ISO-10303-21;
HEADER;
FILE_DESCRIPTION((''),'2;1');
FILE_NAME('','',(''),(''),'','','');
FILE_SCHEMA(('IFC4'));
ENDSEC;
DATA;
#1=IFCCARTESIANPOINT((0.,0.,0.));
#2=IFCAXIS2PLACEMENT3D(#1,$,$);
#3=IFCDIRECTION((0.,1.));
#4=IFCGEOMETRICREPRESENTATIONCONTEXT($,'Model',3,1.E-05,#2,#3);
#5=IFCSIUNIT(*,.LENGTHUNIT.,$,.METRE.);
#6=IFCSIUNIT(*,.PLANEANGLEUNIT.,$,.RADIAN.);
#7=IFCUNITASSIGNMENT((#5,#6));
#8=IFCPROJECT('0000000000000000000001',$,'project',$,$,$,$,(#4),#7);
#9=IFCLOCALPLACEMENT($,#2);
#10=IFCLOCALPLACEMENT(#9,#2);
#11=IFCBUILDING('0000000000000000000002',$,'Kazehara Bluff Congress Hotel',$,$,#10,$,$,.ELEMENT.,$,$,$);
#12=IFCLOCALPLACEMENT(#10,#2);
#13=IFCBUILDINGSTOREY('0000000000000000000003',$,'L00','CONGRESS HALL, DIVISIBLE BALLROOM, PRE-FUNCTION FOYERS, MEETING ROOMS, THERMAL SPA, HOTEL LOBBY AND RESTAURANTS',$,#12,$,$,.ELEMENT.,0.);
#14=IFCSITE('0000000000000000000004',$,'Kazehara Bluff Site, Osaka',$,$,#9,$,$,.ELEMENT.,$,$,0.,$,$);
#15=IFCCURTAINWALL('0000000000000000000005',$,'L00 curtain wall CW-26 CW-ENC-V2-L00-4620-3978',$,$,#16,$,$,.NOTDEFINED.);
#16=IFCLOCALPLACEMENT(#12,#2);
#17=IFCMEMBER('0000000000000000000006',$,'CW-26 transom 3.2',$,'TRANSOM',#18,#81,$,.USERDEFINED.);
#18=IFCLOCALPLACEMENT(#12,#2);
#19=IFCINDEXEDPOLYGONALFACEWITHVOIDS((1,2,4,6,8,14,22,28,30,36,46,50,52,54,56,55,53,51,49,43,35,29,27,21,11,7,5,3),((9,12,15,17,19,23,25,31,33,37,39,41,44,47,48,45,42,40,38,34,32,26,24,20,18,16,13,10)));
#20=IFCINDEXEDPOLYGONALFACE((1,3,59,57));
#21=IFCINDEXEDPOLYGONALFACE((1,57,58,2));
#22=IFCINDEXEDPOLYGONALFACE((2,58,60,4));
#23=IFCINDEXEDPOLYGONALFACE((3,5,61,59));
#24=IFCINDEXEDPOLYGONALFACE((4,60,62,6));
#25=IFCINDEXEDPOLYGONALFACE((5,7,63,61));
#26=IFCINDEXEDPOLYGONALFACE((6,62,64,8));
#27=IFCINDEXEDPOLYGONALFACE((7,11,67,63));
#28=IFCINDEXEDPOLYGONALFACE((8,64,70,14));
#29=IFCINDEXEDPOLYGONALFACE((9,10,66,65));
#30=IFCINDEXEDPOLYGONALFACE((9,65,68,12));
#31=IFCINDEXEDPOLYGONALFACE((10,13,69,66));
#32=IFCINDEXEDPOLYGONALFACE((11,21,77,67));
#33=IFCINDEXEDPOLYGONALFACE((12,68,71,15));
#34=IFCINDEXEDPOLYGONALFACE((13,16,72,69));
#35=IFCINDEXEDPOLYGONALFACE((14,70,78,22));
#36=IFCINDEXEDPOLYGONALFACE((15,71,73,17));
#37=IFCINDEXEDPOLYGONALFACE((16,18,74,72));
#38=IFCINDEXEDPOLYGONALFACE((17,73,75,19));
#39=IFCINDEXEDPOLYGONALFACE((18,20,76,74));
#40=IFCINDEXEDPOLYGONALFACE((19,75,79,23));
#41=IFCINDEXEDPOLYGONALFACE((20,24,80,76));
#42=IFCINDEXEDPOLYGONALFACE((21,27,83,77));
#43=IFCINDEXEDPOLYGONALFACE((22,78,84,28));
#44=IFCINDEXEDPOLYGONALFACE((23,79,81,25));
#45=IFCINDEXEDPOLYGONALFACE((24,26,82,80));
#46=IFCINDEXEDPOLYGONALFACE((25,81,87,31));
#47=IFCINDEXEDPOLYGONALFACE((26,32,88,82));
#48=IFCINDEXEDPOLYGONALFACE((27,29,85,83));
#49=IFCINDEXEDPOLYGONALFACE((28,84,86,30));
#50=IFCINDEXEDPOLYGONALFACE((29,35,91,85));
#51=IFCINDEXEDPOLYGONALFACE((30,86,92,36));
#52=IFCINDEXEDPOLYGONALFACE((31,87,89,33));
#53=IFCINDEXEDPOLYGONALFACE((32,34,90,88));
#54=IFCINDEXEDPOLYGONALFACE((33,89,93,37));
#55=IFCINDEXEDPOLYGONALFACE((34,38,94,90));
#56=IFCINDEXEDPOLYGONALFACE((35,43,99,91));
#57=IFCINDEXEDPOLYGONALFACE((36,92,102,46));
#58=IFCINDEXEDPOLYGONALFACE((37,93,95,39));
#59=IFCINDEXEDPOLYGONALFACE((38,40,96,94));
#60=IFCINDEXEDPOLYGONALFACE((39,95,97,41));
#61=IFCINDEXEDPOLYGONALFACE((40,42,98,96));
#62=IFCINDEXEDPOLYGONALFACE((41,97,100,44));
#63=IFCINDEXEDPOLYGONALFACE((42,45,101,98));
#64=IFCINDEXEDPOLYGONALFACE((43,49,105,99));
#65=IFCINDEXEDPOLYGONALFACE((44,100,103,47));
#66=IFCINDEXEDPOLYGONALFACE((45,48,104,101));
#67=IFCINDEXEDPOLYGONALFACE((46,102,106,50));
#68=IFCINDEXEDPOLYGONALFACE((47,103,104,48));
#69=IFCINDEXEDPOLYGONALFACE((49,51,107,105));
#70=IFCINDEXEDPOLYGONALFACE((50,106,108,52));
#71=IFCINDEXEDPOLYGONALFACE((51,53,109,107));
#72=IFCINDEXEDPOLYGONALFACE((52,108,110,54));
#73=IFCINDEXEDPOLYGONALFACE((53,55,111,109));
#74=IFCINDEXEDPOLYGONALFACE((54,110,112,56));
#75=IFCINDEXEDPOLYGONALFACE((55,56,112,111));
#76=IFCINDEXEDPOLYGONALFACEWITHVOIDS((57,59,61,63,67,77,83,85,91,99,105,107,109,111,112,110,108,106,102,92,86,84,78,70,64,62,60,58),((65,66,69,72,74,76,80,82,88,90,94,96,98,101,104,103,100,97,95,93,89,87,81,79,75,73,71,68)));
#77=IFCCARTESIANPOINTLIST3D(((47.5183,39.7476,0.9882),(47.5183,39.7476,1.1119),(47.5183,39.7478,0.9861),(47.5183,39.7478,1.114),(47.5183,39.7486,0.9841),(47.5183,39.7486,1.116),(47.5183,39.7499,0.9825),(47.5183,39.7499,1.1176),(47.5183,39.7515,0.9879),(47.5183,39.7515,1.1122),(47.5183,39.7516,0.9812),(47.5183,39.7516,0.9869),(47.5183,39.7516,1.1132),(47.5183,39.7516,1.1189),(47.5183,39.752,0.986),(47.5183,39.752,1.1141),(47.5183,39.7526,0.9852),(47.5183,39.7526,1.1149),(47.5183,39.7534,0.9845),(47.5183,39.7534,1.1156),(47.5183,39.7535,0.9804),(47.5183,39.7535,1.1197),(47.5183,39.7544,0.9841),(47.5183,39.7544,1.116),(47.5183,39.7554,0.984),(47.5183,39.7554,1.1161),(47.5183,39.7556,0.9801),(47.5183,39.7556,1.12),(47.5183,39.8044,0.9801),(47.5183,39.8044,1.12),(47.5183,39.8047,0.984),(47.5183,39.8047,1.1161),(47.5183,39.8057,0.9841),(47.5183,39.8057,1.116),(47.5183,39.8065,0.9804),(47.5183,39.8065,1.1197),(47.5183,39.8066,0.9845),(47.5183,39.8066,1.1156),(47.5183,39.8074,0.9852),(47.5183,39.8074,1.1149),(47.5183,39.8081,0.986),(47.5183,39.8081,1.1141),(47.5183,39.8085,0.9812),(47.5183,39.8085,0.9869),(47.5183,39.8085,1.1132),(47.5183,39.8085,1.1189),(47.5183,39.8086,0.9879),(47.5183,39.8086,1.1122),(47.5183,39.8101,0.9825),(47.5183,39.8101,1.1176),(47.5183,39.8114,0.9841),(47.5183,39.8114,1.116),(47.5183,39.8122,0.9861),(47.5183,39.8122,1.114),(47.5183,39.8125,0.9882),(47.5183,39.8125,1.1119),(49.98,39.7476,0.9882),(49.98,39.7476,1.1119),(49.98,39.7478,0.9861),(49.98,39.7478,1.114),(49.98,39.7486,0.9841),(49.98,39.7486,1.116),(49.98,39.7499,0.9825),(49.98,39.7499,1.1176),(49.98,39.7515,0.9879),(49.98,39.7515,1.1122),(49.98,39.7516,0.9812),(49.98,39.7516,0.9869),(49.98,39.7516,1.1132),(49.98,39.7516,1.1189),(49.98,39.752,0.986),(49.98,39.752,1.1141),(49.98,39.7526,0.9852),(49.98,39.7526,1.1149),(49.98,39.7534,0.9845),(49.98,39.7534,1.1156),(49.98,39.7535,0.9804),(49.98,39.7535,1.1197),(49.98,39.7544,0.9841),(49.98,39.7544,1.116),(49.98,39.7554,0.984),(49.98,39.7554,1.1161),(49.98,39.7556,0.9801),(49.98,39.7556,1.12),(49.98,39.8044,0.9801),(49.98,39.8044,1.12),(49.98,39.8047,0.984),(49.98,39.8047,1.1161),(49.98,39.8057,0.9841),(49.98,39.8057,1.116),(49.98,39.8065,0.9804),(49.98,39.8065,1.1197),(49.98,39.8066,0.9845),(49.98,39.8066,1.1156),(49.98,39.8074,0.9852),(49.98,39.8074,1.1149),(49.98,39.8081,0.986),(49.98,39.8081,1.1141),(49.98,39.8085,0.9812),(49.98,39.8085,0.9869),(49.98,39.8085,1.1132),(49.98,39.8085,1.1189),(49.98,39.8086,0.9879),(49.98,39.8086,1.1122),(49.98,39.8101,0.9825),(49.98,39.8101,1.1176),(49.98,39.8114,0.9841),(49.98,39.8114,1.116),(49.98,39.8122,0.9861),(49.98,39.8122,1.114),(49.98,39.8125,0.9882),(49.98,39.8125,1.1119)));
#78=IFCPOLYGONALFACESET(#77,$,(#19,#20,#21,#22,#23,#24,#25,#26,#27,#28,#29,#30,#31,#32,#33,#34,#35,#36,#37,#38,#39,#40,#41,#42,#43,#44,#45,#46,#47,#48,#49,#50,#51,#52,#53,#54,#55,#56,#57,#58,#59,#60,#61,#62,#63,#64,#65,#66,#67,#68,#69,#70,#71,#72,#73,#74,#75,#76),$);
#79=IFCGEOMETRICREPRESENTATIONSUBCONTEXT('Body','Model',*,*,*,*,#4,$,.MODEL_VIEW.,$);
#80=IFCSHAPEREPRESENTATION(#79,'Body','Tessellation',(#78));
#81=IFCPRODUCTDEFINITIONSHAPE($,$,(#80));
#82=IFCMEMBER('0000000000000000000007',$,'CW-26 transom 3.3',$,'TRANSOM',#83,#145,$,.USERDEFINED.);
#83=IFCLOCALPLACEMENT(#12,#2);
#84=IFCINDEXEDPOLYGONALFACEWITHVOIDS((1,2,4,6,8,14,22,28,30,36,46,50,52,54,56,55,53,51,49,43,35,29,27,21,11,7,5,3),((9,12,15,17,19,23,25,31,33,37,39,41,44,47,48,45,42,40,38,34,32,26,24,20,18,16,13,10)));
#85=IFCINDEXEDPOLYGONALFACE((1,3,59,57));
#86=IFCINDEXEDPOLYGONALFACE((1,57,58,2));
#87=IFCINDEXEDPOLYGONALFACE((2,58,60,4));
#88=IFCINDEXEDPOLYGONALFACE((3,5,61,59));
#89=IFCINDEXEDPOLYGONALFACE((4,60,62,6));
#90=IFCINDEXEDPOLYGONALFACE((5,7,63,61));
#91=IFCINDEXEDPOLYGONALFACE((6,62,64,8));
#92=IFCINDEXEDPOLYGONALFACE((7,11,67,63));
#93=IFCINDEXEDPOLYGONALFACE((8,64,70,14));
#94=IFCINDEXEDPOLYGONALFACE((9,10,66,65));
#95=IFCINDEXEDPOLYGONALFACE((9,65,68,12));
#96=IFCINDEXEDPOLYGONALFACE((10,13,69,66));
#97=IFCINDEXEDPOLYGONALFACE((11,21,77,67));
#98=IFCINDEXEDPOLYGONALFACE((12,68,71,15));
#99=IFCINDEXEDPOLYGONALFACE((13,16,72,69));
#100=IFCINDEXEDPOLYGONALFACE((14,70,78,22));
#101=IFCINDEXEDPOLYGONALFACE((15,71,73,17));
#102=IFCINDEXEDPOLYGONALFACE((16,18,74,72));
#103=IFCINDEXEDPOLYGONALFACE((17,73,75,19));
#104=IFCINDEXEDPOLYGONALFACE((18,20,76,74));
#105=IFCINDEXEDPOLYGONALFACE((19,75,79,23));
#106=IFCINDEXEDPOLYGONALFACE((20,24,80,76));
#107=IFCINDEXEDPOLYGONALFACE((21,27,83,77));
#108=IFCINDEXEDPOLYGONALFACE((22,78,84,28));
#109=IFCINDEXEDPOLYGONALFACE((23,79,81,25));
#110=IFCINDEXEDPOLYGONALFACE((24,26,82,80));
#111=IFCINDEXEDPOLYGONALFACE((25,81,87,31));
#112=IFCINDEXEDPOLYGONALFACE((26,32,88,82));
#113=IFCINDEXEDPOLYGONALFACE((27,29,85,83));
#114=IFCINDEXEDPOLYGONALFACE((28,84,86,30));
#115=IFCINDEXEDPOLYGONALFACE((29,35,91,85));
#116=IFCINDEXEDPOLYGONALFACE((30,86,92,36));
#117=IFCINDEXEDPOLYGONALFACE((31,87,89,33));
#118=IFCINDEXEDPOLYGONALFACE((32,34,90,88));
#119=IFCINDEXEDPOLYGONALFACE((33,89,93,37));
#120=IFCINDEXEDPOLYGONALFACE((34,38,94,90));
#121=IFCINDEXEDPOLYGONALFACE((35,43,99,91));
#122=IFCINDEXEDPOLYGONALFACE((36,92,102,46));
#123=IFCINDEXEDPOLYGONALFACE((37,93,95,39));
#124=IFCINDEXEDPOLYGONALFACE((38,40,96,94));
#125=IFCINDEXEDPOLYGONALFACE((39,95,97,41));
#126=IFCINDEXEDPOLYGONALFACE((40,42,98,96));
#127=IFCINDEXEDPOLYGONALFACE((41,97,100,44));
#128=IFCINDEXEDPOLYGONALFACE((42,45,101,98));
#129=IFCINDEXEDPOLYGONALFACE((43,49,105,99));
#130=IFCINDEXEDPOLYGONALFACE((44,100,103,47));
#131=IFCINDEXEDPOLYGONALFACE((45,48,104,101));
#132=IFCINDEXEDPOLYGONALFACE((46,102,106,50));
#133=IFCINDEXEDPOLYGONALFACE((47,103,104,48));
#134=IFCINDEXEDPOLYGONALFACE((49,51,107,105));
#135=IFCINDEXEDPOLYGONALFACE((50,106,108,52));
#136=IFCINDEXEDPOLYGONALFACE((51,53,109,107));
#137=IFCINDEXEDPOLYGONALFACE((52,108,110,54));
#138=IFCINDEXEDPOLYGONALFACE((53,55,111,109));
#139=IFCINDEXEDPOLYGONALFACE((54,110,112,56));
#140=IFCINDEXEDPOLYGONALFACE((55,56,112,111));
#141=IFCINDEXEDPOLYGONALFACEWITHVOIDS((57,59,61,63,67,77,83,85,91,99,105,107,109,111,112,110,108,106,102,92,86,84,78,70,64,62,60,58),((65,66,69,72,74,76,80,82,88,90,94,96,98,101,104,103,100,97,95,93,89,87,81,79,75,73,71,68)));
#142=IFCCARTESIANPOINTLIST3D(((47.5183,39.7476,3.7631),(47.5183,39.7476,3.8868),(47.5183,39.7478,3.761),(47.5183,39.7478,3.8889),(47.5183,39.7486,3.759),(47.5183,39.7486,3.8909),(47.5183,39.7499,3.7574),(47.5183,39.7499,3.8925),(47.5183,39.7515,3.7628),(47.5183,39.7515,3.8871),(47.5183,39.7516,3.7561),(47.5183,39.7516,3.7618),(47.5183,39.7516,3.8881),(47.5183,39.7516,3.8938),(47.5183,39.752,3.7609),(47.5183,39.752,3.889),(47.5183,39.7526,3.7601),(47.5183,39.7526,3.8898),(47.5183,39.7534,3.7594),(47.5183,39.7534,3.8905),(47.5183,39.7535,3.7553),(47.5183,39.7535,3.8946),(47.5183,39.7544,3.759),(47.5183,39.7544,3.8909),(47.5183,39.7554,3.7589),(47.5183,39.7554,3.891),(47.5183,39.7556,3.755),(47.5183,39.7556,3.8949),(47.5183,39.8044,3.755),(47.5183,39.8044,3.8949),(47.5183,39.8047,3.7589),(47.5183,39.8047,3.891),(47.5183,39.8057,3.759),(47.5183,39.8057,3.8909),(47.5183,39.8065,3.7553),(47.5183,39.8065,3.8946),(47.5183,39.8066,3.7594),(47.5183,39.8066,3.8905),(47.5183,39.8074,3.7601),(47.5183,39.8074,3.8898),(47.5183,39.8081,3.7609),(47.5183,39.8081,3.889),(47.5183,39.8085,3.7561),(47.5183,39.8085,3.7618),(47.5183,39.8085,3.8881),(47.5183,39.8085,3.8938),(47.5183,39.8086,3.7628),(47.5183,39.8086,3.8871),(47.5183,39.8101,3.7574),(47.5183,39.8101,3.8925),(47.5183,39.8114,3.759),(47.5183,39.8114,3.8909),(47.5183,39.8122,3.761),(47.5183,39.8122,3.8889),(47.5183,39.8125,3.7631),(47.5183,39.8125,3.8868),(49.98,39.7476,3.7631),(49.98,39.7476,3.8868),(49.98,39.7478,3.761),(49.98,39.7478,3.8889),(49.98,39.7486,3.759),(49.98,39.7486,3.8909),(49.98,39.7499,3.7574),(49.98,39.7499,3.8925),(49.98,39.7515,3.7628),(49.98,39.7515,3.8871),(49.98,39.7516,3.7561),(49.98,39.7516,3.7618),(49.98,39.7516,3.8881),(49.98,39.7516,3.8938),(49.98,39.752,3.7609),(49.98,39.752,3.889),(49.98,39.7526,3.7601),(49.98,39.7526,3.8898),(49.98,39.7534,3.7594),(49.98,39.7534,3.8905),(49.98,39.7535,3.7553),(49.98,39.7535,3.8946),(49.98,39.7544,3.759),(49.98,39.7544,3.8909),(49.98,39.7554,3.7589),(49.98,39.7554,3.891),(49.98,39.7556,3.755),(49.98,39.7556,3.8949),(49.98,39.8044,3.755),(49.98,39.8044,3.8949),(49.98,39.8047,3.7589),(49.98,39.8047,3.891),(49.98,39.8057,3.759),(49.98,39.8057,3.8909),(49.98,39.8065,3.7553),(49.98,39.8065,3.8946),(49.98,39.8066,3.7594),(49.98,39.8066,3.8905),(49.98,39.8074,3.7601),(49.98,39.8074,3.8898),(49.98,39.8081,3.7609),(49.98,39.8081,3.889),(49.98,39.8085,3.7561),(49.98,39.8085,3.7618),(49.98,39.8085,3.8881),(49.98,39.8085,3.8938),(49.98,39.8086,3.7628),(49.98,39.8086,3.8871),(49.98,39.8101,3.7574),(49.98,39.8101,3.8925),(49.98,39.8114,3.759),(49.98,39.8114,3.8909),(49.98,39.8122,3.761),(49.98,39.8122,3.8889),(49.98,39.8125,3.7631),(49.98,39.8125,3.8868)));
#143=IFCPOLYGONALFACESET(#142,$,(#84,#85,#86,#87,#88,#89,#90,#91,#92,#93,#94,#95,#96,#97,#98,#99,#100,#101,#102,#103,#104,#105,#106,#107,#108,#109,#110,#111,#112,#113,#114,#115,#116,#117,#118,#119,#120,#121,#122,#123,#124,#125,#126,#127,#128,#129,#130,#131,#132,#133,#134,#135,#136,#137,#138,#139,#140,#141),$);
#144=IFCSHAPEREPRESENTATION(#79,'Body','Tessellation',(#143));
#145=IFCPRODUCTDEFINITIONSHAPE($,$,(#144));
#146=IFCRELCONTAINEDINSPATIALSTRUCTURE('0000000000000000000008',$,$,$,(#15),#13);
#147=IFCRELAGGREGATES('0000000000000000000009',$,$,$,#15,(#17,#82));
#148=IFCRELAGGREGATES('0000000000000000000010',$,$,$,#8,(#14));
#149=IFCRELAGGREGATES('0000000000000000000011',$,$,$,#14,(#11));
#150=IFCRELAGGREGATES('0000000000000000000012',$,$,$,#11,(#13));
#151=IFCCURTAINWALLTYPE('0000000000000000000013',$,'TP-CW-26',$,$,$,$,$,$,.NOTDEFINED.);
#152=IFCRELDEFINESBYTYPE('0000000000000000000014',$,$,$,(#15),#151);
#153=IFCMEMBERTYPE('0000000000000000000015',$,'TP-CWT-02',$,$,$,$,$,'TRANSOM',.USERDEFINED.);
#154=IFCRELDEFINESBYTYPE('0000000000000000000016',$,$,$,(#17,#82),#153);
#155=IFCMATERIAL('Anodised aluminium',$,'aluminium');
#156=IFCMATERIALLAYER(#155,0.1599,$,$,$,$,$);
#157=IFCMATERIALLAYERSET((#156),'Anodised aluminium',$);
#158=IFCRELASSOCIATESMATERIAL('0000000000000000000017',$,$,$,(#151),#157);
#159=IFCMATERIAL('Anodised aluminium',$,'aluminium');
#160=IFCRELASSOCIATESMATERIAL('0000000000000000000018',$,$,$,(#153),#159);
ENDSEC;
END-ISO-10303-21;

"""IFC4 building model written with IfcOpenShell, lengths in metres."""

from ifc_helpers import new_model, si_unit, direction, frame, origin, origin_2d, place, context, subcontext, project, spatial, hollow_rectangle, extrude, material, layer, layer_set, material_profile, profile_set, type_object, element, aggregate, save


model = new_model("IFC4")

# Units and contexts
model_context = context("Model", 3, precision=1e-05, world=origin(), true_north=direction((0.0, 1.0)))
body_context = subcontext(model_context, "Body", "Model", "MODEL_VIEW")
ifc_project = project(units=[si_unit("LENGTHUNIT", "METRE"), si_unit("PLANEANGLEUNIT", "RADIAN")], contexts=[model_context])

# Site, building, storey
site_placement = place(None, origin())
site = spatial("IfcSite", under=ifc_project, at=site_placement, Name="Kazehara Bluff Site, Osaka", CompositionType="ELEMENT", RefElevation=0.0)
building_placement = place(site_placement, origin())
building = spatial("IfcBuilding", under=site, at=building_placement, Name="Kazehara Bluff Congress Hotel", CompositionType="ELEMENT")
storey_placement = place(building_placement, origin())
storey = spatial("IfcBuildingStorey", under=building, at=storey_placement, Name="L00", Description="CONGRESS HALL, DIVISIBLE BALLROOM, PRE-FUNCTION FOYERS, MEETING ROOMS, THERMAL SPA, HOTEL LOBBY AND RESTAURANTS", CompositionType="ELEMENT", Elevation=0.0)

# Curtain wall
ifc_material_1 = material(Name="Anodised aluminium", Category="aluminium")
ifc_layer_1 = layer(ifc_material_1, 0.1599)
ifc_layer_set_1 = layer_set([ifc_layer_1], Name="Anodised aluminium")
curtain_wall_type_1 = type_object("IfcCurtainWallType", Name="TP-CW-26", PredefinedType="NOTDEFINED", material=ifc_layer_set_1)
curtain_wall_1_placement = place(storey_placement, origin())
curtain_wall_1 = element("IfcCurtainWall", 1, at=curtain_wall_1_placement, inside=storey, type_object=curtain_wall_type_1, Name="L00 curtain wall CW-26 CW-ENC-V2-L00-4620-3978", PredefinedType="NOTDEFINED")

# Members
ifc_material_2 = material(Name="Anodised aluminium", Category="aluminium")
ifc_material_profile_1 = material_profile(ifc_material_2, hollow_rectangle(XDim=0.0649, YDim=0.1399, WallThickness=0.0039, InnerFilletRadius=0.0039, OuterFilletRadius=0.0081, at=origin_2d()))
ifc_profile_set_1 = profile_set([ifc_material_profile_1], Name="Anodised aluminium")
member_type_1 = type_object("IfcMemberType", Name="TP-CWT-02", ElementType="TRANSOM", PredefinedType="USERDEFINED", material=ifc_profile_set_1)
member_1_placement = place(storey_placement, frame((47.5183, 39.78, 1.05), z_axis=(1.0, 0.0, 0.0), x_axis=(0.0, 1.0, 0.0)))
member_1 = element("IfcMember", 2, at=member_1_placement, type_object=member_type_1, Name="CW-26 transom 3.2", ObjectType="TRANSOM", PredefinedType="USERDEFINED", context=body_context, shape_type="SweptSolid", body=[
    extrude(hollow_rectangle(XDim=0.0649, YDim=0.1399, WallThickness=0.0039, InnerFilletRadius=0.0039, OuterFilletRadius=0.0081, at=origin_2d()), origin(), (0.0, 0.0, 1.0), 2.4617),
])
member_2_placement = place(storey_placement, frame((47.5183, 39.78, 3.825), z_axis=(1.0, 0.0, 0.0), x_axis=(0.0, 1.0, 0.0)))
member_2 = element("IfcMember", 3, at=member_2_placement, type_object=member_type_1, Name="CW-26 transom 3.3", ObjectType="TRANSOM", PredefinedType="USERDEFINED", context=body_context, shape_type="SweptSolid", body=[
    extrude(hollow_rectangle(XDim=0.0649, YDim=0.1399, WallThickness=0.0039, InnerFilletRadius=0.0039, OuterFilletRadius=0.0081, at=origin_2d()), origin(), (0.0, 0.0, 1.0), 2.4617),
])

aggregate(curtain_wall_1, [member_1, member_2])

save(model, "model.ifc")
